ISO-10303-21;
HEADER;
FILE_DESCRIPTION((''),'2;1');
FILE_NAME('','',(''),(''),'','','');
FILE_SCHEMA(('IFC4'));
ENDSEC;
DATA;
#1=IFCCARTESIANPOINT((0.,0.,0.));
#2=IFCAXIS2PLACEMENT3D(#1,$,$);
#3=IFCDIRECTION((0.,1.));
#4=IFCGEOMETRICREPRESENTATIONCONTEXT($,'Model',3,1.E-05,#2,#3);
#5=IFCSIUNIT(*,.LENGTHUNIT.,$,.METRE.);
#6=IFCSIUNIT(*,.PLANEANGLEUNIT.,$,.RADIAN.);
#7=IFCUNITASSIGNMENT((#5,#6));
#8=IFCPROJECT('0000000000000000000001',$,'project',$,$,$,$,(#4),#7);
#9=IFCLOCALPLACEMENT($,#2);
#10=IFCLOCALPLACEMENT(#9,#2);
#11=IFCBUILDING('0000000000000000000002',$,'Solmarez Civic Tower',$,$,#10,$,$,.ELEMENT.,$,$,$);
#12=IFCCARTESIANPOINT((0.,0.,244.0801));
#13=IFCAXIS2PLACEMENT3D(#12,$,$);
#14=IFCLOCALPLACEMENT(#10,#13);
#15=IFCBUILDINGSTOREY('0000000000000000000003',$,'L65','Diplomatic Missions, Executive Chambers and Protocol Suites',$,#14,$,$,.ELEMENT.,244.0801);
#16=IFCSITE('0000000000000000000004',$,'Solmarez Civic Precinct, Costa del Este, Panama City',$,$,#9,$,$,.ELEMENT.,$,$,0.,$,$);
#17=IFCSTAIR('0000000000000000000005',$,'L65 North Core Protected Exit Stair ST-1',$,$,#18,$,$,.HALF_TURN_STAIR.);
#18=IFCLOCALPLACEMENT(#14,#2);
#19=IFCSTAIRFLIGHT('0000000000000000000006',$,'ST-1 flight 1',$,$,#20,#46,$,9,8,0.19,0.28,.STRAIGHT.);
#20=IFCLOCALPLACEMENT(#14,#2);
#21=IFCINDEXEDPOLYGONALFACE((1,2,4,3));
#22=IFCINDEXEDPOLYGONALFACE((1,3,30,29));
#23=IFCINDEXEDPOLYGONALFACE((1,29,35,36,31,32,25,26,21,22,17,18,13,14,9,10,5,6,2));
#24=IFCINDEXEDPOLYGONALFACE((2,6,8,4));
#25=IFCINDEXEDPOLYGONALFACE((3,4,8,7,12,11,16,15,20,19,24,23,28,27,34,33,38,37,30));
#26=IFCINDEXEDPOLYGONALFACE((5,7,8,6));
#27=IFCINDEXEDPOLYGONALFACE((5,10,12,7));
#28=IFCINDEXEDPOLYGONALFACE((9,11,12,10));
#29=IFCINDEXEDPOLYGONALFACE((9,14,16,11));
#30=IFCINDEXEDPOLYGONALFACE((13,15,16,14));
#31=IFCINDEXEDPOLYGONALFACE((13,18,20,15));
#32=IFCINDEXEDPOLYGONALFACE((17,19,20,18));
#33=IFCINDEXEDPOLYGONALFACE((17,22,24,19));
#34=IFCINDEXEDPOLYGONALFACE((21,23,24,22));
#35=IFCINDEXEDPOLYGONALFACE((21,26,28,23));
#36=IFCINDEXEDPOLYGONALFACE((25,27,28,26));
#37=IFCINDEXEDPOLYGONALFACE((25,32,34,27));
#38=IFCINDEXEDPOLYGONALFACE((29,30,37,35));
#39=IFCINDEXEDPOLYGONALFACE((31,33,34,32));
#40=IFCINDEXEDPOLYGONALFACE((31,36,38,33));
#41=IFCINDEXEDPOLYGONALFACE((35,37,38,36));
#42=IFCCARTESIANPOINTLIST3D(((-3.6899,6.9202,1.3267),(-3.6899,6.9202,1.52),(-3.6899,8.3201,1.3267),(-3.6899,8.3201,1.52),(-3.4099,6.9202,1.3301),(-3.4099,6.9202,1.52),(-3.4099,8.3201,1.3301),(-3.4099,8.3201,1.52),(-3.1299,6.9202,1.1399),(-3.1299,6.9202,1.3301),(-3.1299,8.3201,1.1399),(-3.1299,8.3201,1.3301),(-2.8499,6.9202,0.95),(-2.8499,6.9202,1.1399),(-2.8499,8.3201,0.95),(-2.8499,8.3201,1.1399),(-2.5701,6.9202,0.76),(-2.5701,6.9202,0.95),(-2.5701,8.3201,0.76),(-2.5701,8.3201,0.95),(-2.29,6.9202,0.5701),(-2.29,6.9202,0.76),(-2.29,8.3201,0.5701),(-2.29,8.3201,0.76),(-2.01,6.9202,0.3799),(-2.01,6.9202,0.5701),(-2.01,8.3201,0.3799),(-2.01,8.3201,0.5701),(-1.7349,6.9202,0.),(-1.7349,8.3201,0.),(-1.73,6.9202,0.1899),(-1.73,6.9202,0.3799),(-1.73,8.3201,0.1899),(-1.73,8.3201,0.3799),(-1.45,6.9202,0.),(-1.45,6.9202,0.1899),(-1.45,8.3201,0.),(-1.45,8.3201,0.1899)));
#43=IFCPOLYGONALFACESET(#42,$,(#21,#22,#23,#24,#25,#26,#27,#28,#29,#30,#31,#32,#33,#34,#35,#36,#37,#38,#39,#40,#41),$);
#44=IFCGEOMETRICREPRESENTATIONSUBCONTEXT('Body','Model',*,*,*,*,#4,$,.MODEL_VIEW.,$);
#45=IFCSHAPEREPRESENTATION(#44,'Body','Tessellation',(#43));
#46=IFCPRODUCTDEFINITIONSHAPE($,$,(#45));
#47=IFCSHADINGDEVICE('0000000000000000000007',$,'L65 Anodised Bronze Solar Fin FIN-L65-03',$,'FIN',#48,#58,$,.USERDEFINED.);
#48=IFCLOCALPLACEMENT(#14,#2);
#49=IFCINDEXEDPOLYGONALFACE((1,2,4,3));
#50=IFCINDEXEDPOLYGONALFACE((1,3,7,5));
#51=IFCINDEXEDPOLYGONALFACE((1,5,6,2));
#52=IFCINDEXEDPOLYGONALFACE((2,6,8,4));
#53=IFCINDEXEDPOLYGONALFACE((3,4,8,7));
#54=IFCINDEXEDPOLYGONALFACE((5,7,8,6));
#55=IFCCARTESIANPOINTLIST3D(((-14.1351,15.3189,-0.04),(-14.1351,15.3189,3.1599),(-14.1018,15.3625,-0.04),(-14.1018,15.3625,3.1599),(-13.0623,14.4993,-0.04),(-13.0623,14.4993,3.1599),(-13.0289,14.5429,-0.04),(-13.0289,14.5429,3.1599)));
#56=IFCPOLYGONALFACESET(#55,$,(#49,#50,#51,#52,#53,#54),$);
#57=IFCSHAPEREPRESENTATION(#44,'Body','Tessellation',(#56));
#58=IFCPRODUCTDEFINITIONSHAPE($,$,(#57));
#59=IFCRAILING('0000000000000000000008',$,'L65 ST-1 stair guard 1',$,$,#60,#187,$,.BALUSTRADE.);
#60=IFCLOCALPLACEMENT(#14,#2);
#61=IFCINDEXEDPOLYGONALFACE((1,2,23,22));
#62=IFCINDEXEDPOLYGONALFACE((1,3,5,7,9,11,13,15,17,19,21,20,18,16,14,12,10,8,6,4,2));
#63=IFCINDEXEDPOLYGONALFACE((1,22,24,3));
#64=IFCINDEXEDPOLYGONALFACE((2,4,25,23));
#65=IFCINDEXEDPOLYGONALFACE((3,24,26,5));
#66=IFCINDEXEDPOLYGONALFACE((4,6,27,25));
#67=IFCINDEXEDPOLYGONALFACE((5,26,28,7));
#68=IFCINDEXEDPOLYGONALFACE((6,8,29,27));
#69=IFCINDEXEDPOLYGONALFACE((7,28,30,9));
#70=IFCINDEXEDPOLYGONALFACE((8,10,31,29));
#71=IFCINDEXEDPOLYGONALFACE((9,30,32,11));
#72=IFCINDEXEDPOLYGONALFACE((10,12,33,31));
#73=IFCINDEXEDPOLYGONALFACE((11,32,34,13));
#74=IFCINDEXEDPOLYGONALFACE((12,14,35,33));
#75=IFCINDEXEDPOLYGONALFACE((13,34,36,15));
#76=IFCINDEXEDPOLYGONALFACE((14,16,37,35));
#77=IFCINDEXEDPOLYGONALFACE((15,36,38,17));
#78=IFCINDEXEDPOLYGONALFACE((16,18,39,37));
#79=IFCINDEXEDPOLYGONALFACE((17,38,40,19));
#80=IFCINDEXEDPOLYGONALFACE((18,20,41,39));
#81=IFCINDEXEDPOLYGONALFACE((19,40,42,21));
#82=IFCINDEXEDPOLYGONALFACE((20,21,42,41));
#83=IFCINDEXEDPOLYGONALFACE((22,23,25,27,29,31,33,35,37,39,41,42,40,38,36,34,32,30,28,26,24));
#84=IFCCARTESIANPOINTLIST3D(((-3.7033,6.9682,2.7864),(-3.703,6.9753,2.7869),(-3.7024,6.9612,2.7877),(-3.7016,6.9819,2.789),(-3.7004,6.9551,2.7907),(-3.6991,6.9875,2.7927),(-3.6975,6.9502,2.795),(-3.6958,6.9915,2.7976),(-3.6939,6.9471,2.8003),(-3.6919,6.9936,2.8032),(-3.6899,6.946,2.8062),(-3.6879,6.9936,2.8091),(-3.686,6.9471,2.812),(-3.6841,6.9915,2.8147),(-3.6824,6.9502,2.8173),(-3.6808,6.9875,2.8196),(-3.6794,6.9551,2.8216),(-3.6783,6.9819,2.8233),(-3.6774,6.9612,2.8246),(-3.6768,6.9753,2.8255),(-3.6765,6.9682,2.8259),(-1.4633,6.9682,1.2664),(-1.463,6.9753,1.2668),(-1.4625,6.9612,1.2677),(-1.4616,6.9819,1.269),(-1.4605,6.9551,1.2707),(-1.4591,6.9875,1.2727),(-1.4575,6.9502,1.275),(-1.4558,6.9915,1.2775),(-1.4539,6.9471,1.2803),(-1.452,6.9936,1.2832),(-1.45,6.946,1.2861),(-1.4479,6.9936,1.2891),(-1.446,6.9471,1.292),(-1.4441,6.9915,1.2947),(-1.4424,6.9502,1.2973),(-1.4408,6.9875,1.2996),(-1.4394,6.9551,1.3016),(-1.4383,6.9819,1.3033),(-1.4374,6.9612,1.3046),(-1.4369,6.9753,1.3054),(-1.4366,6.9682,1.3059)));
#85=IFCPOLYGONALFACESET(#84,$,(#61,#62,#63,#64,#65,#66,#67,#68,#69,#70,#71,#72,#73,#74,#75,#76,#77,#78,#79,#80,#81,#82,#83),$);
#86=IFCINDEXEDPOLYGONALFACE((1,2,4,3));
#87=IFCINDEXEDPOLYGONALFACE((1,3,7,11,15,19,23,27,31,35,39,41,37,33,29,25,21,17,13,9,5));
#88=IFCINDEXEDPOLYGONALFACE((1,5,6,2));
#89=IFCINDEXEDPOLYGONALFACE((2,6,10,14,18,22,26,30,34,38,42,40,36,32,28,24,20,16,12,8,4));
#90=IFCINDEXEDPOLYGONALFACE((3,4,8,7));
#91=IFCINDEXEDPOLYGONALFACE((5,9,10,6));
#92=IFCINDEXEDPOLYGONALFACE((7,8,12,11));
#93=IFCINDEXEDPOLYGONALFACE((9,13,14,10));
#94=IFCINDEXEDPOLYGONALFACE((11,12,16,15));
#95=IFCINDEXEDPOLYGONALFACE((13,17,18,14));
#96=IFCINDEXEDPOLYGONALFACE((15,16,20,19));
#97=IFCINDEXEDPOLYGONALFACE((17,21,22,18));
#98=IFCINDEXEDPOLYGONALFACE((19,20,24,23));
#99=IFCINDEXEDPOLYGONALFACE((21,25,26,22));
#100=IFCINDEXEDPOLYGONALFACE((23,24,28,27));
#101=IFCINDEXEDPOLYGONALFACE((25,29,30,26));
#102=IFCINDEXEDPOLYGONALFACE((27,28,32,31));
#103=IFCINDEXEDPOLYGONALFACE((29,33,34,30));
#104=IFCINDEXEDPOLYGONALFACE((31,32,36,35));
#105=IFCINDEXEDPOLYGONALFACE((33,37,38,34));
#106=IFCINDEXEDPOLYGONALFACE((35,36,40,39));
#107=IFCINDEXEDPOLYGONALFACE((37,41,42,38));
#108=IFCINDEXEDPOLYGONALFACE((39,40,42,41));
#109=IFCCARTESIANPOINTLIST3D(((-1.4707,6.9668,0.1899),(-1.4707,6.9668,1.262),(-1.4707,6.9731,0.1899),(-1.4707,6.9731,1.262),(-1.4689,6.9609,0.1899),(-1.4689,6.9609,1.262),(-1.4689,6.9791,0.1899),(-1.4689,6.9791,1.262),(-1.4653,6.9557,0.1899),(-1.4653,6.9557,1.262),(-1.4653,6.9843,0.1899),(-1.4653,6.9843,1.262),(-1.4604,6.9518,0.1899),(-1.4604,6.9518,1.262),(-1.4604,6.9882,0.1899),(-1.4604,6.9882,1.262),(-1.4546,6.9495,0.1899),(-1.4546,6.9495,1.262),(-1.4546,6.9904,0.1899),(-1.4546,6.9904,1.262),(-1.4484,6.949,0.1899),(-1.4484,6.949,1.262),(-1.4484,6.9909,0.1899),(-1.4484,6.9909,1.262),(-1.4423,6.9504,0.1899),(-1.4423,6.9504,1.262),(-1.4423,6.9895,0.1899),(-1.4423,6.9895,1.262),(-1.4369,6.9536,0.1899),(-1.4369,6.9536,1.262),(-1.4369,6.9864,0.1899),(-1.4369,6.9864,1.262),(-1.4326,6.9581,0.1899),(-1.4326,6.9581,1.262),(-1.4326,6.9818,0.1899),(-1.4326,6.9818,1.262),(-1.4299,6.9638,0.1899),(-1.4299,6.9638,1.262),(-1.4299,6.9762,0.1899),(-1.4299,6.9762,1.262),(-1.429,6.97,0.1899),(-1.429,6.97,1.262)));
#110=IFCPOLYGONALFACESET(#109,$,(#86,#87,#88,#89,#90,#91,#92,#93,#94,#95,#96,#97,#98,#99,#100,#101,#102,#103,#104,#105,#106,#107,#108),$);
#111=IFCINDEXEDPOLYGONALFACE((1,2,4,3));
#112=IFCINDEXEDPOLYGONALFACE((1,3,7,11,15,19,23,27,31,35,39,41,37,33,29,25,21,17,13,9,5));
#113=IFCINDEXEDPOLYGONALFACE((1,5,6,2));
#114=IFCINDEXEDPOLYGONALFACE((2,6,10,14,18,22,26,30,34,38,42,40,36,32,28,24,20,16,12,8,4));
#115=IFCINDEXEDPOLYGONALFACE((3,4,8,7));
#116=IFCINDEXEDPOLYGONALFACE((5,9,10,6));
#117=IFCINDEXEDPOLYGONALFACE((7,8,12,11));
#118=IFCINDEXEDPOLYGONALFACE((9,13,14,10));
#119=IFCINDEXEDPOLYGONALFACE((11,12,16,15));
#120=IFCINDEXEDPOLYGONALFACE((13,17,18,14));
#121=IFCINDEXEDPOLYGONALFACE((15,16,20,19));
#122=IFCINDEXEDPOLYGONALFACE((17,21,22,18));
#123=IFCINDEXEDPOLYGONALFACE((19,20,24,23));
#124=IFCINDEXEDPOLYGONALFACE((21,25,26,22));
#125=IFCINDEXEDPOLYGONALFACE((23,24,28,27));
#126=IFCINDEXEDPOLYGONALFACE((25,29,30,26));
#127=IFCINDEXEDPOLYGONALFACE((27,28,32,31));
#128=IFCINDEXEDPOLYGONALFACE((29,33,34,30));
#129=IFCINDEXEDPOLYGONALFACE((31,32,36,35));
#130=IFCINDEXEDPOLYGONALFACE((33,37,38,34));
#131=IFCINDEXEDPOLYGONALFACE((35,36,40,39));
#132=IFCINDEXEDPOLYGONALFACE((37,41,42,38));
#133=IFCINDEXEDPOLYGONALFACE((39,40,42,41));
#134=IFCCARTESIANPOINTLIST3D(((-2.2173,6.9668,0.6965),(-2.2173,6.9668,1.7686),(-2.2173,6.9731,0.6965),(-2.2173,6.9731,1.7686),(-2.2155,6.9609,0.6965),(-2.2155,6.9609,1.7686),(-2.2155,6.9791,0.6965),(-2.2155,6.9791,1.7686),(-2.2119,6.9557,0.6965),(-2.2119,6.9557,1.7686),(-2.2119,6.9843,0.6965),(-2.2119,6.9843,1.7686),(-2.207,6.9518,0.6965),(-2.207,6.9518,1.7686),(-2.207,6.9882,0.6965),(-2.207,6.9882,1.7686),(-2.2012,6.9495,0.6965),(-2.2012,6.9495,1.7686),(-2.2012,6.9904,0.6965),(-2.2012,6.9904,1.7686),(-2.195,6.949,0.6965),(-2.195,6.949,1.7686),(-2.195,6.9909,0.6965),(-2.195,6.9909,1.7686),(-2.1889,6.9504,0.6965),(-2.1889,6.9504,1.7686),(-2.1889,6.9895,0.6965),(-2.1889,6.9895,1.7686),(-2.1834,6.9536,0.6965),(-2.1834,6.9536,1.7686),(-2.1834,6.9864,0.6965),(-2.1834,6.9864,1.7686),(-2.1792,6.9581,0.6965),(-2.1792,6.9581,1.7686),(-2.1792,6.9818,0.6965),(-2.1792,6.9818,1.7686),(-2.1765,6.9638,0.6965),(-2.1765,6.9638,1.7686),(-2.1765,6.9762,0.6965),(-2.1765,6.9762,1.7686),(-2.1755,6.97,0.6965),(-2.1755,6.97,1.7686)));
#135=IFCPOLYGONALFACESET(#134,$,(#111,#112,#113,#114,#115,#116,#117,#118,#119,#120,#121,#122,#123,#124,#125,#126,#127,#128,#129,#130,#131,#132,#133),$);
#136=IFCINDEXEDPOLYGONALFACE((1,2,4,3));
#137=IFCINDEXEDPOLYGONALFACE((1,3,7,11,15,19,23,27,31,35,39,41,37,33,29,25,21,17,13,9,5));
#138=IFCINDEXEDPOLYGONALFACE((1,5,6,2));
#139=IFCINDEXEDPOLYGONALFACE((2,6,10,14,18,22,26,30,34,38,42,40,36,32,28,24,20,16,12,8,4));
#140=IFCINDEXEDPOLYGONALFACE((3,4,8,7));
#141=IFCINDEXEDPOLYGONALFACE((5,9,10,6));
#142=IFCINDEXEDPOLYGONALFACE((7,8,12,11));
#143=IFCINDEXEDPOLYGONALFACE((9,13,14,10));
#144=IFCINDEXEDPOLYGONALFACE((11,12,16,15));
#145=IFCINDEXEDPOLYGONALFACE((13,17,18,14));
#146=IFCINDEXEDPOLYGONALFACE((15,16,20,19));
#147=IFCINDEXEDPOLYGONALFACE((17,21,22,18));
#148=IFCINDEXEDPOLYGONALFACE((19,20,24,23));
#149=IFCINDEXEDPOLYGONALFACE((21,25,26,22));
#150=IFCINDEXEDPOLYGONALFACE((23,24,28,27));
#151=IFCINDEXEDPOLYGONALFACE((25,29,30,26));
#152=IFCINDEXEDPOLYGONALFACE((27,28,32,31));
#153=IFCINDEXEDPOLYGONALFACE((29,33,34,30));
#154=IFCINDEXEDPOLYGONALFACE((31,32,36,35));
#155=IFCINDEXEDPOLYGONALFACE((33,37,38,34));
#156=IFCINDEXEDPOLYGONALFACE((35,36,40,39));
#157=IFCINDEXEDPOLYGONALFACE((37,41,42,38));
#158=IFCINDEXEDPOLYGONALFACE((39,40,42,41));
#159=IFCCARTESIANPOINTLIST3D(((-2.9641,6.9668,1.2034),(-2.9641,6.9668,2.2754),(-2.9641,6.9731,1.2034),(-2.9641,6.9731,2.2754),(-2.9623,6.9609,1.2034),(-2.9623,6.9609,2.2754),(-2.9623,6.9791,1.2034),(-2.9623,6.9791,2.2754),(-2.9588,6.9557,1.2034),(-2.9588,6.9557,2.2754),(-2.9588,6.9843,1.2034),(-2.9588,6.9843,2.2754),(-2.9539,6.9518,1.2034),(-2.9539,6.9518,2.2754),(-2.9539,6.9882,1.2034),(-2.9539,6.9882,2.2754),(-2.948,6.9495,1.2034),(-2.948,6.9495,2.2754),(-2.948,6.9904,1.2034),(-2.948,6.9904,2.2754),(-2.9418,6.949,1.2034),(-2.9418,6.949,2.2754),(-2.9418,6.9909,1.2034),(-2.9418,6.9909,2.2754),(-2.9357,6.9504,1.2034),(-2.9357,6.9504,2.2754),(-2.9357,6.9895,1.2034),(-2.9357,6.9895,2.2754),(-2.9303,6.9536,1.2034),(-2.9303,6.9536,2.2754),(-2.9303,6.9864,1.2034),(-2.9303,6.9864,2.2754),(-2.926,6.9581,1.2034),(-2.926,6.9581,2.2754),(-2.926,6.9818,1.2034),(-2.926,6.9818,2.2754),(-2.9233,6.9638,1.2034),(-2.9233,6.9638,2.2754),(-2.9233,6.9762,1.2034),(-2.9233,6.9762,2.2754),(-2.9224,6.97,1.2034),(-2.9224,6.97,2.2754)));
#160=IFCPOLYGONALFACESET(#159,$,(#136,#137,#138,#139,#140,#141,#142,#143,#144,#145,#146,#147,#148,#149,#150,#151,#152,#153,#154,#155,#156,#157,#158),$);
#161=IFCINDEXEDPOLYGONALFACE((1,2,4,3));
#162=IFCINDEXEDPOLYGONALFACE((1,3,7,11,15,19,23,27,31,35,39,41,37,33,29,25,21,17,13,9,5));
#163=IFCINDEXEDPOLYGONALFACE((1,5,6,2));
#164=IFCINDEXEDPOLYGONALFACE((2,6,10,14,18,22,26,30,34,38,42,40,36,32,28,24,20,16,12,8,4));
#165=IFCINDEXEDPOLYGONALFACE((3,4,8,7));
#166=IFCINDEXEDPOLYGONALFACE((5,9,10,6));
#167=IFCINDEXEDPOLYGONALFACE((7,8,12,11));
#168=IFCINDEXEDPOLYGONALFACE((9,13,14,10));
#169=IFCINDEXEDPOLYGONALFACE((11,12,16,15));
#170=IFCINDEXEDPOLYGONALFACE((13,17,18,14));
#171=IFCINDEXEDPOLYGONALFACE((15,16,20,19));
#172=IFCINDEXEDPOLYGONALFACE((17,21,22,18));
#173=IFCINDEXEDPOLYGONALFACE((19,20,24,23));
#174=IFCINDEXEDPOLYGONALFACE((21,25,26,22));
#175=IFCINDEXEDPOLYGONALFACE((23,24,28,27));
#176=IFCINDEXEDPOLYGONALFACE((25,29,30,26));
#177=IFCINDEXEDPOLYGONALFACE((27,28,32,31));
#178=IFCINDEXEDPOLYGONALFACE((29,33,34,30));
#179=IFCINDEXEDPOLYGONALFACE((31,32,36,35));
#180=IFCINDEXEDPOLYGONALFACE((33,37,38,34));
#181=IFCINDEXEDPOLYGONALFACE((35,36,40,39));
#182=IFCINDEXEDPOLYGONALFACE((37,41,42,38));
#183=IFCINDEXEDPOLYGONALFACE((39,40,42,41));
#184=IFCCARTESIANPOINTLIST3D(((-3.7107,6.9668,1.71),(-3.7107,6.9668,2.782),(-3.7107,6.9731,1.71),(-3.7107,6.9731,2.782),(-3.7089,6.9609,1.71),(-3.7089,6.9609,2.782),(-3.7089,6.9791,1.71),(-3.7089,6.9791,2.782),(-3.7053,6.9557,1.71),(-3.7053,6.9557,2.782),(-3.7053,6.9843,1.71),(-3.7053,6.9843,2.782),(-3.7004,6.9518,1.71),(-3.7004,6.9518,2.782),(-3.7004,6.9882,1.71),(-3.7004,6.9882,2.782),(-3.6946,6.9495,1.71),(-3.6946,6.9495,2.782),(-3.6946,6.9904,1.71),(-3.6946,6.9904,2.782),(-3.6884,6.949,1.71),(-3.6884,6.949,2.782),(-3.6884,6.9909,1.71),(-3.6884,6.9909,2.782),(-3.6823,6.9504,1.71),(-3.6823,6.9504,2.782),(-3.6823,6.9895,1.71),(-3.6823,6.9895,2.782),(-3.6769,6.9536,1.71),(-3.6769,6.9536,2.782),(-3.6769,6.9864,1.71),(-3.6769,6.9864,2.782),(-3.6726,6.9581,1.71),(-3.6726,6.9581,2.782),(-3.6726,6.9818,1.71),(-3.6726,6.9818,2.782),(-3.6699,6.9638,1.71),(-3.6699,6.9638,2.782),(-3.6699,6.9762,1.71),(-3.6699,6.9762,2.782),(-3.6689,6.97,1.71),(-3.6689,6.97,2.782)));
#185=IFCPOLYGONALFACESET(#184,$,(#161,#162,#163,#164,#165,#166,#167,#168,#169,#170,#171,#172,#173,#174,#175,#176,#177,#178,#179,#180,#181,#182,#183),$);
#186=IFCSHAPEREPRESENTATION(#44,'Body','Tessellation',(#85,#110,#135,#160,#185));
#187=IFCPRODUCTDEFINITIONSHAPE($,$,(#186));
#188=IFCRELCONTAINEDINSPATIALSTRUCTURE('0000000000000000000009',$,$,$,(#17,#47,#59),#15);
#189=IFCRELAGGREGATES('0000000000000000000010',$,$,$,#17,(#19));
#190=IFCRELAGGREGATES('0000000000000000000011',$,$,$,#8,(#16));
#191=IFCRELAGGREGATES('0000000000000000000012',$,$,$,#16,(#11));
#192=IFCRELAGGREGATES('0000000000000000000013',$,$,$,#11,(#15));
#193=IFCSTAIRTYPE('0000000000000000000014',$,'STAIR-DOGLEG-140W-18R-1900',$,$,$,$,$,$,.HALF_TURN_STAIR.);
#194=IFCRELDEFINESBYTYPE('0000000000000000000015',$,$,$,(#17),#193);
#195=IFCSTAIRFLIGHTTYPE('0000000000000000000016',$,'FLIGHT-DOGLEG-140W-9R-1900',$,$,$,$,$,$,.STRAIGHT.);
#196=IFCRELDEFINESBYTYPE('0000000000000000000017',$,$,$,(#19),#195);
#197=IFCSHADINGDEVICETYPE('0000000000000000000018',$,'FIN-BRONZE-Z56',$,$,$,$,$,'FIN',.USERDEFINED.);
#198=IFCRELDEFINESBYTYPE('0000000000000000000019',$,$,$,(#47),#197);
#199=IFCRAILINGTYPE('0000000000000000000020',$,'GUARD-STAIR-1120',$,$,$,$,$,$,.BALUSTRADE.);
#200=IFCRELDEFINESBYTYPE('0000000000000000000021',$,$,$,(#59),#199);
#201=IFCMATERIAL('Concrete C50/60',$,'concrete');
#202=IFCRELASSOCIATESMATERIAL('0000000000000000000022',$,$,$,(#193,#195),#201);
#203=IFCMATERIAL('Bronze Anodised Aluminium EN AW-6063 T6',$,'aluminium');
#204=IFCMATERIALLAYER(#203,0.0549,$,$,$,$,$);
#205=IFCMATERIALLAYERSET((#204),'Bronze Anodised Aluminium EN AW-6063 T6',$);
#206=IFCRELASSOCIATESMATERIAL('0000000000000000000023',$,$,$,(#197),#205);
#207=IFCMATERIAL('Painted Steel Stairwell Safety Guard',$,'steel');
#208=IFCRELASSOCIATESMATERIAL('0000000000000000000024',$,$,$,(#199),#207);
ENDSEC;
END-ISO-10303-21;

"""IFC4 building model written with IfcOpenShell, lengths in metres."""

from ifc_helpers import new_model, si_unit, direction, frame, origin, origin_2d, place, context, subcontext, project, spatial, polyline, rectangle, circle, outline, extrude, material, layer, layer_set, type_object, element, aggregate, save


model = new_model("IFC4")

# Units and contexts
model_context = context("Model", 3, precision=1e-05, world=origin(), true_north=direction((0.0, 1.0)))
body_context = subcontext(model_context, "Body", "Model", "MODEL_VIEW")
ifc_project = project(units=[si_unit("LENGTHUNIT", "METRE"), si_unit("PLANEANGLEUNIT", "RADIAN")], contexts=[model_context])

# Site, building, storey
site_placement = place(None, origin())
site = spatial("IfcSite", under=ifc_project, at=site_placement, Name="Solmarez Civic Precinct, Costa del Este, Panama City", CompositionType="ELEMENT", RefElevation=0.0)
building_placement = place(site_placement, origin())
building = spatial("IfcBuilding", under=site, at=building_placement, Name="Solmarez Civic Tower", CompositionType="ELEMENT")
storey_placement = place(building_placement, frame((0.0, 0.0, 244.0801)))
storey = spatial("IfcBuildingStorey", under=building, at=storey_placement, Name="L65", Description="Diplomatic Missions, Executive Chambers and Protocol Suites", CompositionType="ELEMENT", Elevation=244.0801)

# Shared definitions
ifc_material_1 = material(Name="Concrete C50/60", Category="concrete")

# Stair, stair flight
stair_type = type_object("IfcStairType", Name="STAIR-DOGLEG-140W-18R-1900", PredefinedType="HALF_TURN_STAIR", material=ifc_material_1)
stair_placement = place(storey_placement, origin())
stair = element("IfcStair", 1, at=stair_placement, inside=storey, type_object=stair_type, Name="L65 North Core Protected Exit Stair ST-1", PredefinedType="HALF_TURN_STAIR")
stair_flight_type = type_object("IfcStairFlightType", Name="FLIGHT-DOGLEG-140W-9R-1900", PredefinedType="STRAIGHT", material=ifc_material_1)
stair_flight_placement = place(storey_placement, frame((-1.45, 7.6201, 0.0), z_axis=(0.0, 0.0, 1.0), x_axis=(-1.0, 0.0, 0.0)))
stair_flight = element("IfcStairFlight", 2, at=stair_flight_placement, type_object=stair_flight_type, Name="ST-1 flight 1", NumberOfRisers=9, NumberOfTreads=8, PredefinedType="STRAIGHT", RiserHeight=0.19, TreadLength=0.28, context=body_context, shape_type="SweptSolid", body=[
    extrude(outline(polyline([(0.0, 0.0), (0.0, 0.1899), (0.28, 0.1899), (0.28, 0.3799), (0.5601, 0.3799), (0.5601, 0.5701), (0.8401, 0.5701), (0.8401, 0.76), (1.1201, 0.76), (1.1201, 0.95), (1.3999, 0.95), (1.3999, 1.1399), (1.6799, 1.1399), (1.6799, 1.3301), (1.96, 1.3301), (1.96, 1.52), (2.24, 1.52), (2.24, 1.71), (2.24, 1.3267), (0.2849, 0.0), (0.0, 0.0)])), frame((0.0, 0.7, 0.0), z_axis=(0.0, -1.0, 0.0), x_axis=(1.0, 0.0, 0.0)), (0.0, 0.0, 1.0), 1.3999),
])
aggregate(stair, [stair_flight])

# Shading device
ifc_material_2 = material(Name="Bronze Anodised Aluminium EN AW-6063 T6", Category="aluminium")
ifc_layer_1 = layer(ifc_material_2, 0.0549)
ifc_layer_set_1 = layer_set([ifc_layer_1], Name="Bronze Anodised Aluminium EN AW-6063 T6")
shading_device_type = type_object("IfcShadingDeviceType", Name="FIN-BRONZE-Z56", ElementType="FIN", PredefinedType="USERDEFINED", material=ifc_layer_set_1)
shading_device_placement = place(storey_placement, frame((-13.582, 14.9309, -0.04), z_axis=(0.0, 0.0, 1.0), x_axis=(-0.794658, 0.607057, 0.0)))
element("IfcShadingDevice", 3, at=shading_device_placement, inside=storey, type_object=shading_device_type, Name="L65 Anodised Bronze Solar Fin FIN-L65-03", ObjectType="FIN", PredefinedType="USERDEFINED", context=body_context, shape_type="SweptSolid", body=[
    extrude(rectangle(XDim=1.3501, YDim=0.0549, at=origin_2d()), origin(), (0.0, 0.0, 1.0), 3.2),
])

# Railing
ifc_material_3 = material(Name="Painted Steel Stairwell Safety Guard", Category="steel")
railing_type_1 = type_object("IfcRailingType", Name="GUARD-STAIR-1120", PredefinedType="BALUSTRADE", material=ifc_material_3)
railing_1_placement = place(storey_placement, frame((-1.45, 6.97, 0.1899)))
element("IfcRailing", 4, at=railing_1_placement, inside=storey, type_object=railing_type_1, Name="L65 ST-1 stair guard 1", PredefinedType="BALUSTRADE", context=body_context, shape_type="SweptSolid", body=[
    extrude(circle(Radius=0.0239, at=origin_2d()), frame((0.0, 0.0, 1.0962), z_axis=(-0.827471, 0.0, 0.561508), x_axis=(0.0, -1.0, 0.0)), (0.0, 0.0, 1.0), 2.707),
    extrude(circle(Radius=0.021, at=origin_2d()), origin(), (0.0, 0.0, 1.0), 1.072),
    extrude(circle(Radius=0.021, at=origin_2d()), frame((-0.7466, 0.0, 0.5066)), (0.0, 0.0, 1.0), 1.072),
    extrude(circle(Radius=0.021, at=origin_2d()), frame((-1.4934, 0.0, 1.0134)), (0.0, 0.0, 1.0), 1.072),
    extrude(circle(Radius=0.021, at=origin_2d()), frame((-2.24, 0.0, 1.52)), (0.0, 0.0, 1.0), 1.072),
])

save(model, "model.ifc")
